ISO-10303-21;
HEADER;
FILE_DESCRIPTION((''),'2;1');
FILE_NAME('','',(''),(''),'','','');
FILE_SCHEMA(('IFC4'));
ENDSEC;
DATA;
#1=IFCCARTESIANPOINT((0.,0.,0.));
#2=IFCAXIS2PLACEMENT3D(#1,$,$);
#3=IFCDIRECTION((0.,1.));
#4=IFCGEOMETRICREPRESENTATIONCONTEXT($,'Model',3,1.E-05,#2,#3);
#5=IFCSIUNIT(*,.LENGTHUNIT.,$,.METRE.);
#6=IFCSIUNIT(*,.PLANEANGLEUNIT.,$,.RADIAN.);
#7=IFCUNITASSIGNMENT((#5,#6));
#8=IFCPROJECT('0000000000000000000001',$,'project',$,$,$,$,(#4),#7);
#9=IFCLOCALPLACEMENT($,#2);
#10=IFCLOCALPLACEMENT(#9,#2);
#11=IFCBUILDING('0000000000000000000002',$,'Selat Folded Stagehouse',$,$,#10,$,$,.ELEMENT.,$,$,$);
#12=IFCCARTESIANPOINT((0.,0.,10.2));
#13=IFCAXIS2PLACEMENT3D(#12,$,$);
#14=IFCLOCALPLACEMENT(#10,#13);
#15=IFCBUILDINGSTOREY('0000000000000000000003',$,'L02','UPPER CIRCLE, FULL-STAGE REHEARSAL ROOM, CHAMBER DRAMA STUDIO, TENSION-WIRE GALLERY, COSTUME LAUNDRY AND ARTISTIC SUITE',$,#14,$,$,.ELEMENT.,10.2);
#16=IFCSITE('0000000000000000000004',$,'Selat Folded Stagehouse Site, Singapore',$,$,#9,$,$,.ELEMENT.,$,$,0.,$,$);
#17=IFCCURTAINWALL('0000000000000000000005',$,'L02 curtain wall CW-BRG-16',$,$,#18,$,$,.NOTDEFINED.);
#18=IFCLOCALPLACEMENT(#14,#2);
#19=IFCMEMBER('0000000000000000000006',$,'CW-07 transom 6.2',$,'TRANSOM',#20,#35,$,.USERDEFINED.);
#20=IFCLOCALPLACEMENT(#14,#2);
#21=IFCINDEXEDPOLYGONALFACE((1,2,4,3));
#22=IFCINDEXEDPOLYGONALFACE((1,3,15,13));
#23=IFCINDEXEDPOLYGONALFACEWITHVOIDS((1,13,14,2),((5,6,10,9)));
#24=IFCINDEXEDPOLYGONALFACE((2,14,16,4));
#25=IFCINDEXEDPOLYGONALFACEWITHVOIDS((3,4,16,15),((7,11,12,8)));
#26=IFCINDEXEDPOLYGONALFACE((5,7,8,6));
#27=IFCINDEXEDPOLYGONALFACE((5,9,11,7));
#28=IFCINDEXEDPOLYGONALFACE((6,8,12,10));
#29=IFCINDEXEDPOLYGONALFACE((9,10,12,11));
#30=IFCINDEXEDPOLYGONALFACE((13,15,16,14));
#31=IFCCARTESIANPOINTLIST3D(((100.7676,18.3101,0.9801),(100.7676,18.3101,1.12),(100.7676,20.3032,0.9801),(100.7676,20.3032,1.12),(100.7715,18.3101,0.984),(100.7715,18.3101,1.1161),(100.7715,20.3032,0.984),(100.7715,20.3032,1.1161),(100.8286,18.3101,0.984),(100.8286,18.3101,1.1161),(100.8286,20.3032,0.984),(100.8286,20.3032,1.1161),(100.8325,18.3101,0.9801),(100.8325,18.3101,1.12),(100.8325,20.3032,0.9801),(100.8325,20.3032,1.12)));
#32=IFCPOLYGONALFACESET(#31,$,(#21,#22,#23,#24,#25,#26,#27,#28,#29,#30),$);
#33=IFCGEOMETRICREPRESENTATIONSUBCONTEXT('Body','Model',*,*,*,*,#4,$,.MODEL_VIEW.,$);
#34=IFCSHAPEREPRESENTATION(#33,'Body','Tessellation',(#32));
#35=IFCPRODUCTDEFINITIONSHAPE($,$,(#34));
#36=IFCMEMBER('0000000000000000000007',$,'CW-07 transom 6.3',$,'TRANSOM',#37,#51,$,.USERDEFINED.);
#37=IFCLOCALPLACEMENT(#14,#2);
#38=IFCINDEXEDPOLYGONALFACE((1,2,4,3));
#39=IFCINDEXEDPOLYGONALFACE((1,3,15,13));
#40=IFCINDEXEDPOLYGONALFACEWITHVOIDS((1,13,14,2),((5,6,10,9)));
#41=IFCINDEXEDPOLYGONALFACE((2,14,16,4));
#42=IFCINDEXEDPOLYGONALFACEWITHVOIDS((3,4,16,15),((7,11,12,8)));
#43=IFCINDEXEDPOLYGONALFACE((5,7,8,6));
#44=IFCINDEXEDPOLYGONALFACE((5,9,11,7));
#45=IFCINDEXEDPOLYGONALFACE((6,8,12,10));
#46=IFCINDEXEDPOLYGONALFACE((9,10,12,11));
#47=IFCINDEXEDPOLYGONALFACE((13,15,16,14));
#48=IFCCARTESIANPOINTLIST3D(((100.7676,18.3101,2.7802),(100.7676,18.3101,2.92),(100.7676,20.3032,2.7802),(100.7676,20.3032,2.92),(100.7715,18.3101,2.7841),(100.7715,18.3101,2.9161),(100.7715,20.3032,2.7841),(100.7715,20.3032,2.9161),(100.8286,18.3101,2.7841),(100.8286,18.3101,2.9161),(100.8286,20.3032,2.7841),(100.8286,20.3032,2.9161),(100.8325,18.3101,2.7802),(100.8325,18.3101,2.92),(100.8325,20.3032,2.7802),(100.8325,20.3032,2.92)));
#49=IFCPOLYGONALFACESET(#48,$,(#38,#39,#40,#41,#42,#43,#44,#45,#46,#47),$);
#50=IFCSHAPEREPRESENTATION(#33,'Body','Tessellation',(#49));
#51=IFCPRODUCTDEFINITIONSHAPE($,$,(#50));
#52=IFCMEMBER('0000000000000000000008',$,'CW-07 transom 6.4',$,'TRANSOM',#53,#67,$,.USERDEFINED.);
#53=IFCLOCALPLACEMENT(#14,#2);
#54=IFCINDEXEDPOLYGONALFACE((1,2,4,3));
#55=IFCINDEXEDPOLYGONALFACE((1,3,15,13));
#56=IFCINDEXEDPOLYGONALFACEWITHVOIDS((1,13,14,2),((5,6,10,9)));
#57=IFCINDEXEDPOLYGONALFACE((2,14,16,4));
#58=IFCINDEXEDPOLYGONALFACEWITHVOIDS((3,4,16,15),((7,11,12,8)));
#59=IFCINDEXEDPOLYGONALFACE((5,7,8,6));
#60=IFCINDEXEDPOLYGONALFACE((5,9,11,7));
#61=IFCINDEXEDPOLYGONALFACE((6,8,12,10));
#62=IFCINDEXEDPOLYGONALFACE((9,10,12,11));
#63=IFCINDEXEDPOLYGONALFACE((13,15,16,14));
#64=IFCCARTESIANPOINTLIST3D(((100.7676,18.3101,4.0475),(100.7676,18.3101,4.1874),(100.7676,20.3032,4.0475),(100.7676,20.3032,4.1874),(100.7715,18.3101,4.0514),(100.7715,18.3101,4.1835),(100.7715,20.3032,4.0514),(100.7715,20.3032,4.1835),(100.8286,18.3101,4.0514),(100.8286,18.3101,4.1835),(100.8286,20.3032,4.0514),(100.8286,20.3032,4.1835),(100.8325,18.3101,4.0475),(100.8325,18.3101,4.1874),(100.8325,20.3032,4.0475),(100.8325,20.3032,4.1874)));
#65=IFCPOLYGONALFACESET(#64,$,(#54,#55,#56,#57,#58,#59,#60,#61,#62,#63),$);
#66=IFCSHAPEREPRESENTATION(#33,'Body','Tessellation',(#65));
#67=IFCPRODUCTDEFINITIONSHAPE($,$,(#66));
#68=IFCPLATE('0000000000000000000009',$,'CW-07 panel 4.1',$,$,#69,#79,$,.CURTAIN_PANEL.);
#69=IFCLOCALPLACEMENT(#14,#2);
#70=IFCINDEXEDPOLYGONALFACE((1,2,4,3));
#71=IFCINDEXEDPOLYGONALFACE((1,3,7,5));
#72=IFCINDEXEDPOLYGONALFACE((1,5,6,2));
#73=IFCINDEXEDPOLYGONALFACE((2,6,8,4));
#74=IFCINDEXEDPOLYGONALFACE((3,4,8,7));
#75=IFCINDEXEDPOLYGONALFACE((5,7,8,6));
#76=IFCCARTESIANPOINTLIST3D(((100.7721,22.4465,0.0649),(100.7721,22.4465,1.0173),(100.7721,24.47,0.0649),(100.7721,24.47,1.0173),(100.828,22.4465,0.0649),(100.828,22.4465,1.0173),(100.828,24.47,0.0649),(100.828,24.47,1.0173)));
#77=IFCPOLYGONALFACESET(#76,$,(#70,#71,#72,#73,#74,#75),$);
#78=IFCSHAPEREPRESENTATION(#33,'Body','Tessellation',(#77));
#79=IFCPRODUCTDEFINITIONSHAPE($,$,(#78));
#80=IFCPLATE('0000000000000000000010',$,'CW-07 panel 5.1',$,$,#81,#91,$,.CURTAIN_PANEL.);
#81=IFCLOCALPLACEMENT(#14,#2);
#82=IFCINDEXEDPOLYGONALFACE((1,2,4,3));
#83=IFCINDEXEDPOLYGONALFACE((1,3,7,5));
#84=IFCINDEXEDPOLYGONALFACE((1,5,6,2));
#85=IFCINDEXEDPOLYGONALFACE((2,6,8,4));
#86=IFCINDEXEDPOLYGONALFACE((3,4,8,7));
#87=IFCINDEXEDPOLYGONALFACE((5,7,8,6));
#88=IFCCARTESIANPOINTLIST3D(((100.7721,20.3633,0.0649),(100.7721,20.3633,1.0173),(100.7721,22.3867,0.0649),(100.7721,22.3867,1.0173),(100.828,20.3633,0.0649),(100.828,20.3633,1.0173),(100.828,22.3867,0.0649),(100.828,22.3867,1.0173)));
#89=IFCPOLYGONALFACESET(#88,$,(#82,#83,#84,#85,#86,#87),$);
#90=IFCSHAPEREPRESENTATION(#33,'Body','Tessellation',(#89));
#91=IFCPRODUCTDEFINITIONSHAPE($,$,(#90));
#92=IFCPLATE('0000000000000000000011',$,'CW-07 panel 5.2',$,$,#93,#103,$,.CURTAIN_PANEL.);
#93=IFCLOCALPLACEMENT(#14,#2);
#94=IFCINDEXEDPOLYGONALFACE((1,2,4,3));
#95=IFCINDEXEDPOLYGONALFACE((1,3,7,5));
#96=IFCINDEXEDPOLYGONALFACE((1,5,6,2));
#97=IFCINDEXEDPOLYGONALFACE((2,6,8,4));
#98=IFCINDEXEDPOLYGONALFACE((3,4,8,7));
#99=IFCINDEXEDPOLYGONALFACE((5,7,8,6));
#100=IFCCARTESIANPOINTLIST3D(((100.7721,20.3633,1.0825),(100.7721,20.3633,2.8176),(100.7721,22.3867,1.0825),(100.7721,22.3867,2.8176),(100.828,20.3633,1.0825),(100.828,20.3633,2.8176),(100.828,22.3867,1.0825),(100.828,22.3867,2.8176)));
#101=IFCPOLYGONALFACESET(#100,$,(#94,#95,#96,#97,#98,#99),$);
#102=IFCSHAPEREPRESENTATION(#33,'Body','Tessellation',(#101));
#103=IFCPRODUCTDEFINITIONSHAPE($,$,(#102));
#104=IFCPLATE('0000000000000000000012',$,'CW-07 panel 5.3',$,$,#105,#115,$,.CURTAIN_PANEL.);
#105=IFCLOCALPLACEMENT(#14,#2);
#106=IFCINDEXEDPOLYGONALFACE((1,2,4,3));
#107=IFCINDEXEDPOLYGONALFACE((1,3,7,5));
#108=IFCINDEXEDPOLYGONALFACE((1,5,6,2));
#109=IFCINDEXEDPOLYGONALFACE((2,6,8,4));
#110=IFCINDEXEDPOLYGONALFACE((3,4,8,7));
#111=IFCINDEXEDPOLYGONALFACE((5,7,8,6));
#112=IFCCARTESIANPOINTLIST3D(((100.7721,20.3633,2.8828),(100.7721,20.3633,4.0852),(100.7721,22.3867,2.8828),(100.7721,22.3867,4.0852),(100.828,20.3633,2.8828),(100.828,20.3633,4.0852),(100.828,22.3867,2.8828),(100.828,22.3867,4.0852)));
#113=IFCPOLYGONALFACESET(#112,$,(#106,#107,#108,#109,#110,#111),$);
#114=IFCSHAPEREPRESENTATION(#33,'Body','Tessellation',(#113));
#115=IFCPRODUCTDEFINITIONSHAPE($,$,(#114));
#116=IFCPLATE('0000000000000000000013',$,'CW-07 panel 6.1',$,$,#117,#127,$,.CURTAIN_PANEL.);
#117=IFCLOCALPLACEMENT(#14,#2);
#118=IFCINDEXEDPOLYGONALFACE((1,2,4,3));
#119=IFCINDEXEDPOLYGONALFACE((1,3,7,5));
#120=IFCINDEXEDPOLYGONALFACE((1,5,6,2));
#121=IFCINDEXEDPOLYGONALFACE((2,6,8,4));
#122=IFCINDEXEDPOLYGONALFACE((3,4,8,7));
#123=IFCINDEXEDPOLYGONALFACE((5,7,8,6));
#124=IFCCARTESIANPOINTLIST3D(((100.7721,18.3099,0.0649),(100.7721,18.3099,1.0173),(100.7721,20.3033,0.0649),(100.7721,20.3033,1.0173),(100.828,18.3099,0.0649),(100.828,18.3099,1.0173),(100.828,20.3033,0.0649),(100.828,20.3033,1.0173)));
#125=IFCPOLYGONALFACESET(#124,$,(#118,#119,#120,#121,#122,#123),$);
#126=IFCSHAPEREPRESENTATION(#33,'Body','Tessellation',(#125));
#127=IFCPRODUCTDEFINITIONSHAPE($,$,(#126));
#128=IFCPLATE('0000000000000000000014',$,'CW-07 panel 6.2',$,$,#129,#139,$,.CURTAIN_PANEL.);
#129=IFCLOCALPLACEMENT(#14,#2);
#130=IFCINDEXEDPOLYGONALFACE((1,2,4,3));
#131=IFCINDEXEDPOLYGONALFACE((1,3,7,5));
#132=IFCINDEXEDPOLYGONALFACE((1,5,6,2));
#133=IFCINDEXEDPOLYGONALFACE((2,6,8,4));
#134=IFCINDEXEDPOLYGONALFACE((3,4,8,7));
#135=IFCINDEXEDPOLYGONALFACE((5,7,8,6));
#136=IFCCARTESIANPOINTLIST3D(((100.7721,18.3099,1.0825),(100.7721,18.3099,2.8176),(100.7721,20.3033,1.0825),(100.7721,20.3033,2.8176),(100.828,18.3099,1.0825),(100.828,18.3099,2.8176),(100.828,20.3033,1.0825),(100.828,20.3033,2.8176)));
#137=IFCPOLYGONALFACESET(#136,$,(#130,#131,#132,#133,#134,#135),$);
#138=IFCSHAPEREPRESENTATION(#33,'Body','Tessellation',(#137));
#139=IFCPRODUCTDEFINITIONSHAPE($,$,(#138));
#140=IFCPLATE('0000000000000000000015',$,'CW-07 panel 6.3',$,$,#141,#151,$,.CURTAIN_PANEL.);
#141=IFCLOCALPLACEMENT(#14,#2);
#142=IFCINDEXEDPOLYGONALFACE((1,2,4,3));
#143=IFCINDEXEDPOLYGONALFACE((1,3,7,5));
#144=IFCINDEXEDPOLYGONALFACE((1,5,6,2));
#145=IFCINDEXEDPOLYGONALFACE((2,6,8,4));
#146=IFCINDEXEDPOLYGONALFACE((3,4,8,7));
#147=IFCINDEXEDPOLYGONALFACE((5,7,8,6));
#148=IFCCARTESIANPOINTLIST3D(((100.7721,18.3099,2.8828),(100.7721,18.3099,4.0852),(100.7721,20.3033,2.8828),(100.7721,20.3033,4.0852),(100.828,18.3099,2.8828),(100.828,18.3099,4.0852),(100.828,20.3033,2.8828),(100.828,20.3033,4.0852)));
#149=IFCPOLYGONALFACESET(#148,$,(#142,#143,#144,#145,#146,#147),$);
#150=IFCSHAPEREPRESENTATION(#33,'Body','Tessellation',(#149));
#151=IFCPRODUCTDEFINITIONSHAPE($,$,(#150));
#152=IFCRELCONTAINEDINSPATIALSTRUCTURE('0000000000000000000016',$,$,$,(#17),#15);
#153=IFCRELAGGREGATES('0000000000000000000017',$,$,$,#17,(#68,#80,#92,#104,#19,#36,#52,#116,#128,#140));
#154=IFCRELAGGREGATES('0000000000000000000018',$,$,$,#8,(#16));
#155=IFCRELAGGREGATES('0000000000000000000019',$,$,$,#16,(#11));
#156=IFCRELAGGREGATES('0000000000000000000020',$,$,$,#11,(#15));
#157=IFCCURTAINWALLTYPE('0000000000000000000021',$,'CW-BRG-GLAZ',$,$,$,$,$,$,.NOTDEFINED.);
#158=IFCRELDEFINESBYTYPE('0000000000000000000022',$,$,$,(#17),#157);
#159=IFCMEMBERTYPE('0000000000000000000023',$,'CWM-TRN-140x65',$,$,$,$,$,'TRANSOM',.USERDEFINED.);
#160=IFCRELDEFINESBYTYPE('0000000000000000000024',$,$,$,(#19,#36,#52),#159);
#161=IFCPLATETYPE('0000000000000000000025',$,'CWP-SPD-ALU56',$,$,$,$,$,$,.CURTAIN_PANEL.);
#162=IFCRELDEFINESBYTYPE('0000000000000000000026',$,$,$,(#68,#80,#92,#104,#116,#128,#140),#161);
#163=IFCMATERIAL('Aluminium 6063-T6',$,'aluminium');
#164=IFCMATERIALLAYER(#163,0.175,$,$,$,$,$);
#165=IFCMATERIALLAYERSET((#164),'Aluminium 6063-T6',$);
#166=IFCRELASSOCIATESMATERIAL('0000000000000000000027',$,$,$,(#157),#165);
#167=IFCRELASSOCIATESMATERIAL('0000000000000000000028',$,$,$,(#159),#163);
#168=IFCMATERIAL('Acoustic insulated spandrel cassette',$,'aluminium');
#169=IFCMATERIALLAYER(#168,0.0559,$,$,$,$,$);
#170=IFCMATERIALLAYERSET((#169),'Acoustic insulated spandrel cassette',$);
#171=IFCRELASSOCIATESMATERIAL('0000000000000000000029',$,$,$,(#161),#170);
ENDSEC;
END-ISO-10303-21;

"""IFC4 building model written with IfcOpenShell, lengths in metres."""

from ifc_helpers import new_model, si_unit, direction, frame, origin, origin_2d, place, context, subcontext, project, spatial, rectangle, hollow_rectangle, extrude, material, layer, layer_set, material_profile, profile_set, type_object, element, aggregate, save


model = new_model("IFC4")

# Units and contexts
model_context = context("Model", 3, precision=1e-05, world=origin(), true_north=direction((0.0, 1.0)))
body_context = subcontext(model_context, "Body", "Model", "MODEL_VIEW")
ifc_project = project(units=[si_unit("LENGTHUNIT", "METRE"), si_unit("PLANEANGLEUNIT", "RADIAN")], contexts=[model_context])

# Site, building, storey
site_placement = place(None, origin())
site = spatial("IfcSite", under=ifc_project, at=site_placement, Name="Selat Folded Stagehouse Site, Singapore", CompositionType="ELEMENT", RefElevation=0.0)
building_placement = place(site_placement, origin())
building = spatial("IfcBuilding", under=site, at=building_placement, Name="Selat Folded Stagehouse", CompositionType="ELEMENT")
storey_placement = place(building_placement, frame((0.0, 0.0, 10.2)))
storey = spatial("IfcBuildingStorey", under=building, at=storey_placement, Name="L02", Description="UPPER CIRCLE, FULL-STAGE REHEARSAL ROOM, CHAMBER DRAMA STUDIO, TENSION-WIRE GALLERY, COSTUME LAUNDRY AND ARTISTIC SUITE", CompositionType="ELEMENT", Elevation=10.2)

# Curtain wall, members, plates
ifc_material_1 = material(Name="Aluminium 6063-T6", Category="aluminium")
ifc_layer_1 = layer(ifc_material_1, 0.175)
ifc_layer_set_1 = layer_set([ifc_layer_1], Name="Aluminium 6063-T6")
curtain_wall_type = type_object("IfcCurtainWallType", Name="CW-BRG-GLAZ", PredefinedType="NOTDEFINED", material=ifc_layer_set_1)
curtain_wall_placement = place(storey_placement, origin())
curtain_wall = element("IfcCurtainWall", 1, at=curtain_wall_placement, inside=storey, type_object=curtain_wall_type, Name="L02 curtain wall CW-BRG-16", PredefinedType="NOTDEFINED")
ifc_material_profile_1 = material_profile(ifc_material_1, hollow_rectangle(XDim=0.0649, YDim=0.1399, WallThickness=0.0039, at=origin_2d()), Name="ALU 140x65x4.0")
ifc_profile_set_1 = profile_set([ifc_material_profile_1], Name="Aluminium 6063-T6")
member_type_1 = type_object("IfcMemberType", Name="CWM-TRN-140x65", ElementType="TRANSOM", PredefinedType="USERDEFINED", material=ifc_profile_set_1)
member_1_placement = place(storey_placement, frame((100.8, 20.3032, 1.05), z_axis=(0.0, -1.0, 0.0), x_axis=(1.0, 0.0, 0.0)))
member_1 = element("IfcMember", 2, at=member_1_placement, type_object=member_type_1, Name="CW-07 transom 6.2", ObjectType="TRANSOM", PredefinedType="USERDEFINED", context=body_context, shape_type="SweptSolid", body=[
    extrude(hollow_rectangle(XDim=0.0649, YDim=0.1399, WallThickness=0.0039, at=origin_2d()), origin(), (0.0, 0.0, 1.0), 1.9932),
])
member_2_placement = place(storey_placement, frame((100.8, 20.3032, 2.8501), z_axis=(0.0, -1.0, 0.0), x_axis=(1.0, 0.0, 0.0)))
member_2 = element("IfcMember", 3, at=member_2_placement, type_object=member_type_1, Name="CW-07 transom 6.3", ObjectType="TRANSOM", PredefinedType="USERDEFINED", context=body_context, shape_type="SweptSolid", body=[
    extrude(hollow_rectangle(XDim=0.0649, YDim=0.1399, WallThickness=0.0039, at=origin_2d()), origin(), (0.0, 0.0, 1.0), 1.9932),
])
member_3_placement = place(storey_placement, frame((100.8, 20.3032, 4.1174), z_axis=(0.0, -1.0, 0.0), x_axis=(1.0, 0.0, 0.0)))
member_3 = element("IfcMember", 4, at=member_3_placement, type_object=member_type_1, Name="CW-07 transom 6.4", ObjectType="TRANSOM", PredefinedType="USERDEFINED", context=body_context, shape_type="SweptSolid", body=[
    extrude(hollow_rectangle(XDim=0.0649, YDim=0.1399, WallThickness=0.0039, at=origin_2d()), origin(), (0.0, 0.0, 1.0), 1.9932),
])
ifc_material_2 = material(Name="Acoustic insulated spandrel cassette", Category="aluminium")
ifc_layer_2 = layer(ifc_material_2, 0.0559)
ifc_layer_set_2 = layer_set([ifc_layer_2], Name="Acoustic insulated spandrel cassette")
plate_type = type_object("IfcPlateType", Name="CWP-SPD-ALU56", PredefinedType="CURTAIN_PANEL", material=ifc_layer_set_2)
plate_1_placement = place(storey_placement, frame((100.8, 23.4583, 0.0649), z_axis=(0.0, 0.0, 1.0), x_axis=(0.0, -1.0, 0.0)))
plate_1 = element("IfcPlate", 5, at=plate_1_placement, type_object=plate_type, Name="CW-07 panel 4.1", PredefinedType="CURTAIN_PANEL", context=body_context, shape_type="SweptSolid", body=[
    extrude(rectangle(XDim=2.0234, YDim=0.0559, at=origin_2d()), origin(), (0.0, 0.0, 1.0), 0.9524),
])
plate_2_placement = place(storey_placement, frame((100.8, 21.375, 0.0649), z_axis=(0.0, 0.0, 1.0), x_axis=(0.0, -1.0, 0.0)))
plate_2 = element("IfcPlate", 6, at=plate_2_placement, type_object=plate_type, Name="CW-07 panel 5.1", PredefinedType="CURTAIN_PANEL", context=body_context, shape_type="SweptSolid", body=[
    extrude(rectangle(XDim=2.0234, YDim=0.0559, at=origin_2d()), origin(), (0.0, 0.0, 1.0), 0.9524),
])
plate_3_placement = place(storey_placement, frame((100.8, 21.375, 1.0825), z_axis=(0.0, 0.0, 1.0), x_axis=(0.0, -1.0, 0.0)))
plate_3 = element("IfcPlate", 7, at=plate_3_placement, type_object=plate_type, Name="CW-07 panel 5.2", PredefinedType="CURTAIN_PANEL", context=body_context, shape_type="SweptSolid", body=[
    extrude(rectangle(XDim=2.0234, YDim=0.0559, at=origin_2d()), origin(), (0.0, 0.0, 1.0), 1.7351),
])
plate_4_placement = place(storey_placement, frame((100.8, 21.375, 2.8828), z_axis=(0.0, 0.0, 1.0), x_axis=(0.0, -1.0, 0.0)))
plate_4 = element("IfcPlate", 8, at=plate_4_placement, type_object=plate_type, Name="CW-07 panel 5.3", PredefinedType="CURTAIN_PANEL", context=body_context, shape_type="SweptSolid", body=[
    extrude(rectangle(XDim=2.0234, YDim=0.0559, at=origin_2d()), origin(), (0.0, 0.0, 1.0), 1.2024),
])
plate_5_placement = place(storey_placement, frame((100.8, 19.3066, 0.0649), z_axis=(0.0, 0.0, 1.0), x_axis=(0.0, -1.0, 0.0)))
plate_5 = element("IfcPlate", 9, at=plate_5_placement, type_object=plate_type, Name="CW-07 panel 6.1", PredefinedType="CURTAIN_PANEL", context=body_context, shape_type="SweptSolid", body=[
    extrude(rectangle(XDim=1.9934, YDim=0.0559, at=origin_2d()), origin(), (0.0, 0.0, 1.0), 0.9524),
])
plate_6_placement = place(storey_placement, frame((100.8, 19.3066, 1.0825), z_axis=(0.0, 0.0, 1.0), x_axis=(0.0, -1.0, 0.0)))
plate_6 = element("IfcPlate", 10, at=plate_6_placement, type_object=plate_type, Name="CW-07 panel 6.2", PredefinedType="CURTAIN_PANEL", context=body_context, shape_type="SweptSolid", body=[
    extrude(rectangle(XDim=1.9934, YDim=0.0559, at=origin_2d()), origin(), (0.0, 0.0, 1.0), 1.7351),
])
plate_7_placement = place(storey_placement, frame((100.8, 19.3066, 2.8828), z_axis=(0.0, 0.0, 1.0), x_axis=(0.0, -1.0, 0.0)))
plate_7 = element("IfcPlate", 11, at=plate_7_placement, type_object=plate_type, Name="CW-07 panel 6.3", PredefinedType="CURTAIN_PANEL", context=body_context, shape_type="SweptSolid", body=[
    extrude(rectangle(XDim=1.9934, YDim=0.0559, at=origin_2d()), origin(), (0.0, 0.0, 1.0), 1.2024),
])
aggregate(curtain_wall, [plate_1, plate_2, plate_3, plate_4, member_1, member_2, member_3, plate_5, plate_6, plate_7])

save(model, "model.ifc")
